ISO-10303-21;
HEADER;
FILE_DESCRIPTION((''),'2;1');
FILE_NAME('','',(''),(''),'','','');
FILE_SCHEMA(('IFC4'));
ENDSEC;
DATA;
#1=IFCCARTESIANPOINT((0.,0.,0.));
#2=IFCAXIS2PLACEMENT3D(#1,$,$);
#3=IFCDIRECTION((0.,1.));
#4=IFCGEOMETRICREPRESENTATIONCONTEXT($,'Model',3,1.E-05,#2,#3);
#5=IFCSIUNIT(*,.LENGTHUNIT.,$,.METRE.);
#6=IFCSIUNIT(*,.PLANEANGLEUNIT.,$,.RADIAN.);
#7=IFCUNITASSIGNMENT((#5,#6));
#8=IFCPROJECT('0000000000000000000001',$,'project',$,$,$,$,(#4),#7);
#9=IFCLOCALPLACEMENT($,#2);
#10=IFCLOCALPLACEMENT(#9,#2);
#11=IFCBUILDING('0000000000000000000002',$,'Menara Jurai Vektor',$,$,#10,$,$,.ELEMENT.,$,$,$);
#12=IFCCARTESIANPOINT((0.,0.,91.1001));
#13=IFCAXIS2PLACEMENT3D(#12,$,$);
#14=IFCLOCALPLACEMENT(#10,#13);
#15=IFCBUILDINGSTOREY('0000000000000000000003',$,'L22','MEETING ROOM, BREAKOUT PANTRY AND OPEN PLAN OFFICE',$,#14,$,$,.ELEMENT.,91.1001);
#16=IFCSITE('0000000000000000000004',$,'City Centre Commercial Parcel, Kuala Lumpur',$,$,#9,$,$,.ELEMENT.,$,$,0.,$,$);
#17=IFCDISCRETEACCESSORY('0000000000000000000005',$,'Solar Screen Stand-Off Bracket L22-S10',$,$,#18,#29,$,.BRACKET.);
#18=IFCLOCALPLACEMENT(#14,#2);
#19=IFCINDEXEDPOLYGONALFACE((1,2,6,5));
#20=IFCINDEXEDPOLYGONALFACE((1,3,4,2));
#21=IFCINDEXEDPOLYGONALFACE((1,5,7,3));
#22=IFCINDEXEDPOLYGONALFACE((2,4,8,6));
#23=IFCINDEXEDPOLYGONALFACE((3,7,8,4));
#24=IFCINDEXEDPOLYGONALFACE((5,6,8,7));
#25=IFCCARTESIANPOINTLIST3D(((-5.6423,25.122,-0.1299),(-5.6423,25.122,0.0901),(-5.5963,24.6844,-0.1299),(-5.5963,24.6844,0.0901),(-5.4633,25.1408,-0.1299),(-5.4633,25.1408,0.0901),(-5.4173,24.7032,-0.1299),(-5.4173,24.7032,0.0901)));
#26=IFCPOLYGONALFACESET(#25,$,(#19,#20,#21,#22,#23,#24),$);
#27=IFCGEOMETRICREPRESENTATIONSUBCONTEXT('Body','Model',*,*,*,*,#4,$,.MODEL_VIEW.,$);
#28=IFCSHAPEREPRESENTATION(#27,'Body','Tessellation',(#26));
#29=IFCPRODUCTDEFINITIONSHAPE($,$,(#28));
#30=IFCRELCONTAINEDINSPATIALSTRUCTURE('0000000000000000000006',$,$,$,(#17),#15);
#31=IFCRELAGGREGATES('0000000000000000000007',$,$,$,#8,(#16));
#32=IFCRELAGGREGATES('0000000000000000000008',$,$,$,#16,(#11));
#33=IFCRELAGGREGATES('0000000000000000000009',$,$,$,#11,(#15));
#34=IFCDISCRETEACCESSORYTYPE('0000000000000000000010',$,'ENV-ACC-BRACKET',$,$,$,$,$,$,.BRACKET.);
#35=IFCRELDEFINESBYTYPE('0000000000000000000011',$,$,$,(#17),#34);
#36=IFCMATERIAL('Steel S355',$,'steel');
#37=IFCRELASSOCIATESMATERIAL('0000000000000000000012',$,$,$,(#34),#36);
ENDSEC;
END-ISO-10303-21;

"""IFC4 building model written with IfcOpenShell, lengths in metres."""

from ifc_helpers import new_model, si_unit, direction, frame, origin, origin_2d, place, context, subcontext, project, spatial, rectangle, extrude, material, type_object, element, save


model = new_model("IFC4")

# Units and contexts
model_context = context("Model", 3, precision=1e-05, world=origin(), true_north=direction((0.0, 1.0)))
body_context = subcontext(model_context, "Body", "Model", "MODEL_VIEW")
ifc_project = project(units=[si_unit("LENGTHUNIT", "METRE"), si_unit("PLANEANGLEUNIT", "RADIAN")], contexts=[model_context])

# Site, building, storey
site_placement = place(None, origin())
site = spatial("IfcSite", under=ifc_project, at=site_placement, Name="City Centre Commercial Parcel, Kuala Lumpur", CompositionType="ELEMENT", RefElevation=0.0)
building_placement = place(site_placement, origin())
building = spatial("IfcBuilding", under=site, at=building_placement, Name="Menara Jurai Vektor", CompositionType="ELEMENT")
storey_placement = place(building_placement, frame((0.0, 0.0, 91.1001)))
storey = spatial("IfcBuildingStorey", under=building, at=storey_placement, Name="L22", Description="MEETING ROOM, BREAKOUT PANTRY AND OPEN PLAN OFFICE", CompositionType="ELEMENT", Elevation=91.1001)

# Shared definitions
ifc_material_1 = material(Name="Steel S355", Category="steel")

# Discrete accessory
discrete_accessory_type = type_object("IfcDiscreteAccessoryType", Name="ENV-ACC-BRACKET", PredefinedType="BRACKET", material=ifc_material_1)
discrete_accessory_placement = place(storey_placement, frame((-5.5298, 24.9126, -0.1299), z_axis=(0.0, 0.0, 1.0), x_axis=(-0.994522, -0.104528, 0.0)))
element("IfcDiscreteAccessory", 1, at=discrete_accessory_placement, inside=storey, type_object=discrete_accessory_type, Name="Solar Screen Stand-Off Bracket L22-S10", PredefinedType="BRACKET", context=body_context, shape_type="SweptSolid", body=[
    extrude(rectangle(XDim=0.1799, YDim=0.4399, at=origin_2d()), origin(), (0.0, 0.0, 1.0), 0.22),
])

save(model, "model.ifc")
